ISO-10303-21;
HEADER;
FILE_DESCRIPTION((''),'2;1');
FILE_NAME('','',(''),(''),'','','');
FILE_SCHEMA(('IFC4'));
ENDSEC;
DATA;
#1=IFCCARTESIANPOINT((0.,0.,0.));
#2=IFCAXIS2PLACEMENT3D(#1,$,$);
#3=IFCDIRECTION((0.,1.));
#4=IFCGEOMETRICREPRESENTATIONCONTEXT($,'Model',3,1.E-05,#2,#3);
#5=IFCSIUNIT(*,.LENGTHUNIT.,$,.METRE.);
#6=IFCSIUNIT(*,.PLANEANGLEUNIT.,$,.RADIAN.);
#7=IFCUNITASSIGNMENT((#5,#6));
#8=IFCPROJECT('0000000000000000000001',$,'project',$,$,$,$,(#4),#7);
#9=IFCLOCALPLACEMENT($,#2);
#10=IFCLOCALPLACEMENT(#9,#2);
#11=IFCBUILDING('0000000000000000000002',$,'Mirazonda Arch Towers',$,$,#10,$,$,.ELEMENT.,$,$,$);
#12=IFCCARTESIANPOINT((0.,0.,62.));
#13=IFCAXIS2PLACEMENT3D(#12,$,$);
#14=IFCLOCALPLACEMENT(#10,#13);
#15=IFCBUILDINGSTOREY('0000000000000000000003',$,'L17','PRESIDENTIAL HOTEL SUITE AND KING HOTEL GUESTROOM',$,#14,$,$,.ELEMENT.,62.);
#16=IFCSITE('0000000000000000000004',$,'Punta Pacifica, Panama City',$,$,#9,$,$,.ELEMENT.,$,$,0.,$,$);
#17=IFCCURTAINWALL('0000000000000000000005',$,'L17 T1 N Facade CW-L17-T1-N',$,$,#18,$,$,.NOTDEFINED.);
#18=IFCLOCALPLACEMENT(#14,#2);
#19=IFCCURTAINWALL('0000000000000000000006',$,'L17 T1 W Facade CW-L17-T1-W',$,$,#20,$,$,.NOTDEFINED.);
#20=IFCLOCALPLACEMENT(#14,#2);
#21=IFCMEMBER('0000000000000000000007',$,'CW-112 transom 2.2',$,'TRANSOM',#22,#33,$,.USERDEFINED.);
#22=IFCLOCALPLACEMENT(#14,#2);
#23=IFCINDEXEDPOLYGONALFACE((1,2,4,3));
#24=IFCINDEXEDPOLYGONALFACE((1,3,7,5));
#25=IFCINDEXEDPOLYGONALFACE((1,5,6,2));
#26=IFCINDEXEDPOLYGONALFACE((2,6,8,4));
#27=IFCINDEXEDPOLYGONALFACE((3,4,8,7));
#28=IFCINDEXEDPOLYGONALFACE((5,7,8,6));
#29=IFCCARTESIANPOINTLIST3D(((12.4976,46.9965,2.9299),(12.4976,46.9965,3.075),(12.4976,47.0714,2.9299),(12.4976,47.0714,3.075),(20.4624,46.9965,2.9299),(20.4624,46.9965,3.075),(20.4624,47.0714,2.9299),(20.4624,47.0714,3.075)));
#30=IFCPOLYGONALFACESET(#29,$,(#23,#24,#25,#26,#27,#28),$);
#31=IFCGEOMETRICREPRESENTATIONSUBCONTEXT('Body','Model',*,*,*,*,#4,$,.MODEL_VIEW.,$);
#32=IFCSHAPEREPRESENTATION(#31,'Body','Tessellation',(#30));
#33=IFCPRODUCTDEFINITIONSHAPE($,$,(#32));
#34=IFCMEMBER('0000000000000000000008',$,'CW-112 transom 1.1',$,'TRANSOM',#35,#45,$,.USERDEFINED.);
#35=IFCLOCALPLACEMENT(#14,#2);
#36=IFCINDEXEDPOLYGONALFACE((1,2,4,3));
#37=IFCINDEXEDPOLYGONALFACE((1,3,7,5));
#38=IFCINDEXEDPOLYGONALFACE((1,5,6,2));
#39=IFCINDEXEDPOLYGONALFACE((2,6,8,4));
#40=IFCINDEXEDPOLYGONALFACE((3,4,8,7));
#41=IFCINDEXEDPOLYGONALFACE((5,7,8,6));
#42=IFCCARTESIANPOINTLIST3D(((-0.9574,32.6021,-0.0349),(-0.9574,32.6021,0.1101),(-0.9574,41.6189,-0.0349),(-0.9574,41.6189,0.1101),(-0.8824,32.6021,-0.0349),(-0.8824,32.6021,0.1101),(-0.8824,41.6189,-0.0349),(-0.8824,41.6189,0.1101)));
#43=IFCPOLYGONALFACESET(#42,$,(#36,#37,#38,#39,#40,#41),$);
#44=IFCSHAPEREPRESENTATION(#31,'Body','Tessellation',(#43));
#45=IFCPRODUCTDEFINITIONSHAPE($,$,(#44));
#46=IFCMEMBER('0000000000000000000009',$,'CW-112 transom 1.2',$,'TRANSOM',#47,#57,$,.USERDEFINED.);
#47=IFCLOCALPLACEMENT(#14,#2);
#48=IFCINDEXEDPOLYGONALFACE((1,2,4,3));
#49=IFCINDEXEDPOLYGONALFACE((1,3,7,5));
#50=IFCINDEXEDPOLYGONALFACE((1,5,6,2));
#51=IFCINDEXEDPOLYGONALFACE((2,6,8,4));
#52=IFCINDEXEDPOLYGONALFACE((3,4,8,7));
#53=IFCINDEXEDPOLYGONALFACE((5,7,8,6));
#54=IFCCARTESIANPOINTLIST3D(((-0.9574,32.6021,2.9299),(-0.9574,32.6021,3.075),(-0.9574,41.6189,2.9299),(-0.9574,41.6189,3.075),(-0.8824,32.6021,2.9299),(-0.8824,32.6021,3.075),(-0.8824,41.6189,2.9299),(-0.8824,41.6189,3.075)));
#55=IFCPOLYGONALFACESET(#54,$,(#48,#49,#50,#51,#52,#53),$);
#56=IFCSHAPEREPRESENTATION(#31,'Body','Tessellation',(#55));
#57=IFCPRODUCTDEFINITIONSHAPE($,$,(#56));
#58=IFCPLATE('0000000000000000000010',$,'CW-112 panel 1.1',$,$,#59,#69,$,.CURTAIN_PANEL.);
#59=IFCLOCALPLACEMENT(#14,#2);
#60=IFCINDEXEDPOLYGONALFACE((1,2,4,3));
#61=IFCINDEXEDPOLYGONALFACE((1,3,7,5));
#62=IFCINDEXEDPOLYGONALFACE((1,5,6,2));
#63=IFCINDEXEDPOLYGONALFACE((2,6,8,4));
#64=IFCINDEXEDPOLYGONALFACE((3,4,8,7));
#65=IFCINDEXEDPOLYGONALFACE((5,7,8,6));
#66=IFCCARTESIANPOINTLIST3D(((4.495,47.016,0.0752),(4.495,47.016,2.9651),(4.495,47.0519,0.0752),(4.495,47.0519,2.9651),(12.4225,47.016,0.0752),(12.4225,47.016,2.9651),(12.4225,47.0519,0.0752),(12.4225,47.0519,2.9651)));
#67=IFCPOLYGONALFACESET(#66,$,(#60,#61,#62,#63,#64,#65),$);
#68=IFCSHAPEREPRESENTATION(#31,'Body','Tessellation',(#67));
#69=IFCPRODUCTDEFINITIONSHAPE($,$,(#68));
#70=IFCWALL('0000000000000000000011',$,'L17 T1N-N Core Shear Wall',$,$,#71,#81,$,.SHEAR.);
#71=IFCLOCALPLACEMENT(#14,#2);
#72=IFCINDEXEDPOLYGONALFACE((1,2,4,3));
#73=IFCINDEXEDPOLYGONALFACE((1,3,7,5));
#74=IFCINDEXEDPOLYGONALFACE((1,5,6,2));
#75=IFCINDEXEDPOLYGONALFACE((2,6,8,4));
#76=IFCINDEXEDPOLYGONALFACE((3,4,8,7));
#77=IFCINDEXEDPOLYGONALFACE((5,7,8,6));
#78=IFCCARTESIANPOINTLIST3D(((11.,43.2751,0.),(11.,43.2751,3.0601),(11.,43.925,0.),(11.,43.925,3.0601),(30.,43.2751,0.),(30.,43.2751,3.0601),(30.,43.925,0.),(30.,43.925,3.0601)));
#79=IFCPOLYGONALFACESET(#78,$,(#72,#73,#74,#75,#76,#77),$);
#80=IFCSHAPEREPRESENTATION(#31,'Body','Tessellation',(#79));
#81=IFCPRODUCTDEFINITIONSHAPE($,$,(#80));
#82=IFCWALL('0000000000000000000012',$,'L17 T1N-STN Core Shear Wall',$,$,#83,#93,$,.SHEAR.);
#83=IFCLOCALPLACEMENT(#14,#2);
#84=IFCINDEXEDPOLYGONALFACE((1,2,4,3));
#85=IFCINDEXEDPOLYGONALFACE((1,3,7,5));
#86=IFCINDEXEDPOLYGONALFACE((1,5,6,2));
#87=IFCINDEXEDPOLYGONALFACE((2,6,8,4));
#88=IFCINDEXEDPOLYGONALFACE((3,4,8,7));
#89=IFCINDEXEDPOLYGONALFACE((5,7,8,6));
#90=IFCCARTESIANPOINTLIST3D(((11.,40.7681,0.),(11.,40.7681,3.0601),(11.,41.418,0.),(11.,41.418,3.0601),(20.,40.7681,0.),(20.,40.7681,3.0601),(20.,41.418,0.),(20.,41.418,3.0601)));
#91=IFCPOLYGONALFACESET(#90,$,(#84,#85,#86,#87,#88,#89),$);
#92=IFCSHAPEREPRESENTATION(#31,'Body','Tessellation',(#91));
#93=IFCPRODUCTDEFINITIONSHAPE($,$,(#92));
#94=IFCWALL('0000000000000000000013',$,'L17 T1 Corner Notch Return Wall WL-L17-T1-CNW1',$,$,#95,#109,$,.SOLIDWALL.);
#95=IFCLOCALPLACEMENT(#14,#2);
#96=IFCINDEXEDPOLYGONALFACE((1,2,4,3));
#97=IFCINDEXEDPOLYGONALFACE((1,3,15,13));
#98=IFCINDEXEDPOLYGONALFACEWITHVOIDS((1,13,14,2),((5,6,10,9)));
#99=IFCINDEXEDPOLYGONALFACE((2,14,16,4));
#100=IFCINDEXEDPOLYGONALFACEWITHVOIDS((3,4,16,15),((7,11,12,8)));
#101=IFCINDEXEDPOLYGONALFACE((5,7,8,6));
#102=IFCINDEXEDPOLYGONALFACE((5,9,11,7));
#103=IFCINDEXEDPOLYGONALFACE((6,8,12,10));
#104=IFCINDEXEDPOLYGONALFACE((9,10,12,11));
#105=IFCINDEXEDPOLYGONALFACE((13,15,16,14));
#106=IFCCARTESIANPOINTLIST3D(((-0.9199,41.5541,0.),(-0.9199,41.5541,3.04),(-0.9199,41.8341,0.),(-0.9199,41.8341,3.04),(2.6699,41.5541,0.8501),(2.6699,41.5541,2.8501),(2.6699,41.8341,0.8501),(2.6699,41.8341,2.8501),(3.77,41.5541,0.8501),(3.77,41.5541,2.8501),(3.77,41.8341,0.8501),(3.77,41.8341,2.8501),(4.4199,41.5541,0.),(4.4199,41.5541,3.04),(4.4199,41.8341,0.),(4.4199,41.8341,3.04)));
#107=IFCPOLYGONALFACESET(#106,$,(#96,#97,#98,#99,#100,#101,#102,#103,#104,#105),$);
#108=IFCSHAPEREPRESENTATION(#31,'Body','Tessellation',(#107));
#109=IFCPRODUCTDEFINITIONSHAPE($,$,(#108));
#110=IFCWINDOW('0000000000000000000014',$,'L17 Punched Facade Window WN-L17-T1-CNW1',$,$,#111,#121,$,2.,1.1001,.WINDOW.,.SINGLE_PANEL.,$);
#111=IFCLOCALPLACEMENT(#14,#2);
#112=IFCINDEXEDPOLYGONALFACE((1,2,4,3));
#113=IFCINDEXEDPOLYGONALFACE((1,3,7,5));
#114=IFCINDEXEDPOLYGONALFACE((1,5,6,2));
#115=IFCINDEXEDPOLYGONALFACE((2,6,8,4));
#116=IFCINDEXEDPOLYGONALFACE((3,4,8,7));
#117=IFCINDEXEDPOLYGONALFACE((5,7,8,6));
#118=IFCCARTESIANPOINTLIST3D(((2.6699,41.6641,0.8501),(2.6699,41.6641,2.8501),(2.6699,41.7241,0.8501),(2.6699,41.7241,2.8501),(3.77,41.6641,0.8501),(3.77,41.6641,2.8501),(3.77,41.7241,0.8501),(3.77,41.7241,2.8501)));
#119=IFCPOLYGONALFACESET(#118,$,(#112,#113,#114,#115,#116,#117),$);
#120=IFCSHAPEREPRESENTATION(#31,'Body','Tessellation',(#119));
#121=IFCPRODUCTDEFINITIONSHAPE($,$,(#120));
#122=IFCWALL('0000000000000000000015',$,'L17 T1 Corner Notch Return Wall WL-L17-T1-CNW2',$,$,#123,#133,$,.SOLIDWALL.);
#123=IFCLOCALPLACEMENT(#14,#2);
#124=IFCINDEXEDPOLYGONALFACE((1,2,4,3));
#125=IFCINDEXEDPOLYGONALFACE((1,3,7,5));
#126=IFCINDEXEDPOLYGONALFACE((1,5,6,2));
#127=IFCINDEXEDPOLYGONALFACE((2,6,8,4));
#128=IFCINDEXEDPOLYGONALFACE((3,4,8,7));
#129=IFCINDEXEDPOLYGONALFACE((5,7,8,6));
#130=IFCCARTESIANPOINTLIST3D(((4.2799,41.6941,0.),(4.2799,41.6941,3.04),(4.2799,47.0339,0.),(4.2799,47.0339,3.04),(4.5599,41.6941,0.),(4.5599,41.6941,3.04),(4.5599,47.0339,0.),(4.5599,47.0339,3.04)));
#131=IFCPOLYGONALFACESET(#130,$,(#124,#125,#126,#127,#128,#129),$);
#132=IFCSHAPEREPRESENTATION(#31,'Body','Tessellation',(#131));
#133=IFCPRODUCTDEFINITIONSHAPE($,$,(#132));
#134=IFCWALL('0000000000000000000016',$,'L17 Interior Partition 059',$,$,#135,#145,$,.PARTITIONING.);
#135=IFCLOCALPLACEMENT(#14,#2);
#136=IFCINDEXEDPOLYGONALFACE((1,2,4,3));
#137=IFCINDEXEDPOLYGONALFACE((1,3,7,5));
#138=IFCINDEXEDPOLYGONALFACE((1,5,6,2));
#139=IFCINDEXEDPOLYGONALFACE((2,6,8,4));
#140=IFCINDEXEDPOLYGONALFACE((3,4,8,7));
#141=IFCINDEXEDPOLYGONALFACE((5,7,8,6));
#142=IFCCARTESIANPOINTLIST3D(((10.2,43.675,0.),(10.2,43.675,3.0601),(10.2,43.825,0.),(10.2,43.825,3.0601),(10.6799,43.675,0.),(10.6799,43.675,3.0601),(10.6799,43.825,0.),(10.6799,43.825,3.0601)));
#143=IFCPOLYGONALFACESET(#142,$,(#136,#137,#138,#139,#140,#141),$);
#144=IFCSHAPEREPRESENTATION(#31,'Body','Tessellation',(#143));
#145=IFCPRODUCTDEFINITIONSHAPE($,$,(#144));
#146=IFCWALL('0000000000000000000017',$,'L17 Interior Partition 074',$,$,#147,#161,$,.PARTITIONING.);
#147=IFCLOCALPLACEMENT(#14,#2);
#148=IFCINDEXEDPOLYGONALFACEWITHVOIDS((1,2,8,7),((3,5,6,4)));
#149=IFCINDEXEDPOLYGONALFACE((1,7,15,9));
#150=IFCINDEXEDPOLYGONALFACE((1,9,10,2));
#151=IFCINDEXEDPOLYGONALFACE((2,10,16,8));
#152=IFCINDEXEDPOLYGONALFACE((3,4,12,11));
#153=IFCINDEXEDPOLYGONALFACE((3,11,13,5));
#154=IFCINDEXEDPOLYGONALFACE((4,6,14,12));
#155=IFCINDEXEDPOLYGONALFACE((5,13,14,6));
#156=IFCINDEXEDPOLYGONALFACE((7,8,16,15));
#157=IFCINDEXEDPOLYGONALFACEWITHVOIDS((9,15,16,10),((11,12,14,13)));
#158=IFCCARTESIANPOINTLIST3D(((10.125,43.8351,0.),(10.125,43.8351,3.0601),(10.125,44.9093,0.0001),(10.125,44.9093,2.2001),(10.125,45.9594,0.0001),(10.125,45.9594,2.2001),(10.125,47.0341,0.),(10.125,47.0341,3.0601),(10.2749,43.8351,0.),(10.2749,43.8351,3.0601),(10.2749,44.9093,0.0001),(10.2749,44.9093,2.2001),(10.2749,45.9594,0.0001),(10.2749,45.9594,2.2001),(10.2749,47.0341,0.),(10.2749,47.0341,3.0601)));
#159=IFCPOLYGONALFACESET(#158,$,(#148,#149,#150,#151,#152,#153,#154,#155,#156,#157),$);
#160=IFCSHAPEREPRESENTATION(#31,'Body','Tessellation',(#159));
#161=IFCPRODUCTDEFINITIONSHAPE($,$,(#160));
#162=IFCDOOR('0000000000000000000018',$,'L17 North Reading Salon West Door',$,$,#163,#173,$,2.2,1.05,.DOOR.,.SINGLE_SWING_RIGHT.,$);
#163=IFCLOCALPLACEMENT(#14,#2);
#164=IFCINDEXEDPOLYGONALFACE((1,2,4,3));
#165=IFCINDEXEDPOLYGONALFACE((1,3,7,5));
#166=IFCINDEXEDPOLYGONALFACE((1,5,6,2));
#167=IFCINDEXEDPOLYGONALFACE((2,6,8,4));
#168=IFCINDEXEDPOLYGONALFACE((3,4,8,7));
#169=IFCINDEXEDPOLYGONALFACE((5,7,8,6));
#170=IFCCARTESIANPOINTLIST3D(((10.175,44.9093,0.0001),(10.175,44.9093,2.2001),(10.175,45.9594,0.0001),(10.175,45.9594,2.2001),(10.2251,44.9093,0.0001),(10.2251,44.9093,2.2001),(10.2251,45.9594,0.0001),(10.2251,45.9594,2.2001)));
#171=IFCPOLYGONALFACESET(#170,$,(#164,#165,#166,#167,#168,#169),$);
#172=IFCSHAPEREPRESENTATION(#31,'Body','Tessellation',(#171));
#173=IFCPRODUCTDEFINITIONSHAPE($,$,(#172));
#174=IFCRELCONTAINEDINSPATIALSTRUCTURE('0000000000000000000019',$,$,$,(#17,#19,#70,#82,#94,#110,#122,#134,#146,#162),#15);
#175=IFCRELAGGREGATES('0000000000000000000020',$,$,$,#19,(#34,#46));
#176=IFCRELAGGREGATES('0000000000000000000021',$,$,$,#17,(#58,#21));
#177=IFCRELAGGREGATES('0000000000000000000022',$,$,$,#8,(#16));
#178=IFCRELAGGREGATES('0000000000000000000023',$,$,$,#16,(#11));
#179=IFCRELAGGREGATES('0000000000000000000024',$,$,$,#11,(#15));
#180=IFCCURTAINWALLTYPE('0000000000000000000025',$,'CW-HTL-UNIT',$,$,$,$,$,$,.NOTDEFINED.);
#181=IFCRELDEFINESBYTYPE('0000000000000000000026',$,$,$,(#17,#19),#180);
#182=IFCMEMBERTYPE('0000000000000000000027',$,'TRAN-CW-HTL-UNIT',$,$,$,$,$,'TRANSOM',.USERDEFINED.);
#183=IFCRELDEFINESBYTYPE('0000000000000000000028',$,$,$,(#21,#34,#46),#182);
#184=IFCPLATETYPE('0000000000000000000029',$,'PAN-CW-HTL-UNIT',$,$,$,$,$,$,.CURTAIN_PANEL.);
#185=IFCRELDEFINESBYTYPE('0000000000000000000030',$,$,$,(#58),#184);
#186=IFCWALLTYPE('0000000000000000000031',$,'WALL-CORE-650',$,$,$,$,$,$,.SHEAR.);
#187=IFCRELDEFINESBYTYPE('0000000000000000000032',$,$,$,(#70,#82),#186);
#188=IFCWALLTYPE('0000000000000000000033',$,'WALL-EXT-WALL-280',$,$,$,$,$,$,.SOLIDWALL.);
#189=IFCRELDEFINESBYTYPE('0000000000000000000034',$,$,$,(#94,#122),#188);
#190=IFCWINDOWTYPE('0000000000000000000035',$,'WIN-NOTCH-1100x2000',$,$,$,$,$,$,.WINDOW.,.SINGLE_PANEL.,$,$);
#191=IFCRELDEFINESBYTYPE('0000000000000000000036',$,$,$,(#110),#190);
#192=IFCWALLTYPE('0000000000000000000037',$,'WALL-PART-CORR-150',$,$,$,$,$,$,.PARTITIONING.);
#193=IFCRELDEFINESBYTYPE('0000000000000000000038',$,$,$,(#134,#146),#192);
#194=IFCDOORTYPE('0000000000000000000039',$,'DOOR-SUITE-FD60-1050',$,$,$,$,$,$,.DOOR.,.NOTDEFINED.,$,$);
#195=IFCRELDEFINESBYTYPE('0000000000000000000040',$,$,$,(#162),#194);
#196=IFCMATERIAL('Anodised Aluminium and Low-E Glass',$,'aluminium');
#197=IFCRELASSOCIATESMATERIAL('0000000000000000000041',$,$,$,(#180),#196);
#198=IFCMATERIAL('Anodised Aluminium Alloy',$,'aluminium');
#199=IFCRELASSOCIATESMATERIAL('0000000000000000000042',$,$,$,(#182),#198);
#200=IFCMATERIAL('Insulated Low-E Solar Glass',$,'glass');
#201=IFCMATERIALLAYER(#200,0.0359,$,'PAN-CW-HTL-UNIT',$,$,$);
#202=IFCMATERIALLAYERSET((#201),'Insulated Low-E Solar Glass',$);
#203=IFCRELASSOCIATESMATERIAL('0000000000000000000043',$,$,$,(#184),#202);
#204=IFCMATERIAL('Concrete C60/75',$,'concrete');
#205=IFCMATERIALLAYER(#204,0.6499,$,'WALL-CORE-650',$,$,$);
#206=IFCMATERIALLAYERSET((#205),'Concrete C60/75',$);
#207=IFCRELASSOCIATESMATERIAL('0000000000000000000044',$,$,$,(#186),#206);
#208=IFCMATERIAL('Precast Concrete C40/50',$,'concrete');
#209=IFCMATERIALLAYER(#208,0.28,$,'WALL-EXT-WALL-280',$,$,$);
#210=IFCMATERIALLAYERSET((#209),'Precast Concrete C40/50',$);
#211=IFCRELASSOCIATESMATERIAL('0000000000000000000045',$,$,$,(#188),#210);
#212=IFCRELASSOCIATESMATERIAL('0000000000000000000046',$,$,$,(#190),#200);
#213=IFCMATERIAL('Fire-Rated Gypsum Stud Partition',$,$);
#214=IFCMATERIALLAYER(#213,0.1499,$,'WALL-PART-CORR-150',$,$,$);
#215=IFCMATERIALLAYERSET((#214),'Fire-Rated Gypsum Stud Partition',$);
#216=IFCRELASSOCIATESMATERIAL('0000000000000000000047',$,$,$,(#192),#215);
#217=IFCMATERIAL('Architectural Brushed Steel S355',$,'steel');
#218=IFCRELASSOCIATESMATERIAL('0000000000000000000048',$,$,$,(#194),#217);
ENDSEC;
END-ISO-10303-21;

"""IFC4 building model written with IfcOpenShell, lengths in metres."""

from ifc_helpers import new_model, si_unit, direction, frame, frame_2d, origin, origin_2d, place, context, subcontext, project, spatial, rectangle, extrude, material, layer, layer_set, material_profile, profile_set, type_object, element, fill, aggregate, save


model = new_model("IFC4")

# Units and contexts
model_context = context("Model", 3, precision=1e-05, world=origin(), true_north=direction((0.0, 1.0)))
body_context = subcontext(model_context, "Body", "Model", "MODEL_VIEW")
ifc_project = project(units=[si_unit("LENGTHUNIT", "METRE"), si_unit("PLANEANGLEUNIT", "RADIAN")], contexts=[model_context])

# Site, building, storey
site_placement = place(None, origin())
site = spatial("IfcSite", under=ifc_project, at=site_placement, Name="Punta Pacifica, Panama City", CompositionType="ELEMENT", RefElevation=0.0)
building_placement = place(site_placement, origin())
building = spatial("IfcBuilding", under=site, at=building_placement, Name="Mirazonda Arch Towers", CompositionType="ELEMENT")
storey_placement = place(building_placement, frame((0.0, 0.0, 62.0)))
storey = spatial("IfcBuildingStorey", under=building, at=storey_placement, Name="L17", Description="PRESIDENTIAL HOTEL SUITE AND KING HOTEL GUESTROOM", CompositionType="ELEMENT", Elevation=62.0)

# Shared definitions
ifc_material_1 = material(Name="Concrete C60/75", Category="concrete")

# Curtain wall
ifc_material_2 = material(Name="Anodised Aluminium and Low-E Glass", Category="aluminium")
curtain_wall_type = type_object("IfcCurtainWallType", Name="CW-HTL-UNIT", PredefinedType="NOTDEFINED", material=ifc_material_2)
curtain_wall_1_placement = place(storey_placement, origin())
curtain_wall_1 = element("IfcCurtainWall", 1, at=curtain_wall_1_placement, inside=storey, type_object=curtain_wall_type, Name="L17 T1 N Facade CW-L17-T1-N", PredefinedType="NOTDEFINED")
ifc_material_3 = material(Name="Anodised Aluminium Alloy", Category="aluminium")

# Curtain wall
curtain_wall_2_placement = place(storey_placement, origin())
curtain_wall_2 = element("IfcCurtainWall", 2, at=curtain_wall_2_placement, inside=storey, type_object=curtain_wall_type, Name="L17 T1 W Facade CW-L17-T1-W", PredefinedType="NOTDEFINED")

# Members
ifc_material_profile_1 = material_profile(ifc_material_3, rectangle(XDim=0.075, YDim=0.145, at=origin_2d()), Name="ALU-TRAN-75x145")
ifc_profile_set_1 = profile_set([ifc_material_profile_1], Name="Anodised Aluminium Alloy")
member_type_1 = type_object("IfcMemberType", Name="TRAN-CW-HTL-UNIT", ElementType="TRANSOM", PredefinedType="USERDEFINED", material=ifc_profile_set_1)
member_1_placement = place(storey_placement, frame((12.4976, 47.0339, 3.0024), z_axis=(1.0, 0.0, 0.0), x_axis=(0.0, 1.0, 0.0)))
member_1 = element("IfcMember", 3, at=member_1_placement, type_object=member_type_1, Name="CW-112 transom 2.2", ObjectType="TRANSOM", PredefinedType="USERDEFINED", context=body_context, shape_type="SweptSolid", body=[
    extrude(rectangle(XDim=0.075, YDim=0.145, at=origin_2d()), origin(), (0.0, 0.0, 1.0), 7.9648),
])
member_2_placement = place(storey_placement, frame((-0.9199, 41.6189, 0.0376), z_axis=(0.0, -1.0, 0.0), x_axis=(1.0, 0.0, 0.0)))
member_2 = element("IfcMember", 4, at=member_2_placement, type_object=member_type_1, Name="CW-112 transom 1.1", ObjectType="TRANSOM", PredefinedType="USERDEFINED", context=body_context, shape_type="SweptSolid", body=[
    extrude(rectangle(XDim=0.075, YDim=0.145, at=origin_2d()), origin(), (0.0, 0.0, 1.0), 9.0168),
])
member_3_placement = place(storey_placement, frame((-0.9199, 41.6189, 3.0024), z_axis=(0.0, -1.0, 0.0), x_axis=(1.0, 0.0, 0.0)))
member_3 = element("IfcMember", 5, at=member_3_placement, type_object=member_type_1, Name="CW-112 transom 1.2", ObjectType="TRANSOM", PredefinedType="USERDEFINED", context=body_context, shape_type="SweptSolid", body=[
    extrude(rectangle(XDim=0.075, YDim=0.145, at=origin_2d()), origin(), (0.0, 0.0, 1.0), 9.0168),
])
aggregate(curtain_wall_2, [member_2, member_3])

# Plate
ifc_material_4 = material(Name="Insulated Low-E Solar Glass", Category="glass")
ifc_layer_1 = layer(ifc_material_4, 0.0359, Name="PAN-CW-HTL-UNIT")
ifc_layer_set_1 = layer_set([ifc_layer_1], Name="Insulated Low-E Solar Glass")
plate_type = type_object("IfcPlateType", Name="PAN-CW-HTL-UNIT", PredefinedType="CURTAIN_PANEL", material=ifc_layer_set_1)
plate_placement = place(storey_placement, frame((8.4587, 47.0339, 0.0752), z_axis=(0.0, 0.0, 1.0), x_axis=(1.0, 0.0, 0.0)))
plate = element("IfcPlate", 6, at=plate_placement, type_object=plate_type, Name="CW-112 panel 1.1", PredefinedType="CURTAIN_PANEL", context=body_context, shape_type="SweptSolid", body=[
    extrude(rectangle(XDim=7.9275, YDim=0.0359, at=origin_2d()), origin(), (0.0, 0.0, 1.0), 2.8899),
])
aggregate(curtain_wall_1, [plate, member_1])

# Walls
ifc_layer_2 = layer(ifc_material_1, 0.6499, Name="WALL-CORE-650")
ifc_layer_set_2 = layer_set([ifc_layer_2], Name="Concrete C60/75")
wall_type_1 = type_object("IfcWallType", Name="WALL-CORE-650", PredefinedType="SHEAR", material=ifc_layer_set_2)
wall_1_placement = place(storey_placement, frame((11.0, 43.6001, 0.0), z_axis=(0.0, 0.0, 1.0), x_axis=(1.0, 0.0, 0.0)))
element("IfcWall", 7, at=wall_1_placement, inside=storey, type_object=wall_type_1, Name="L17 T1N-N Core Shear Wall", PredefinedType="SHEAR", context=body_context, shape_type="SweptSolid", body=[
    extrude(rectangle(XDim=19.0, YDim=0.6499, at=frame_2d((9.5, 0.0))), origin(), (0.0, 0.0, 1.0), 3.0601),
])
wall_2_placement = place(storey_placement, frame((11.0, 41.093, 0.0), z_axis=(0.0, 0.0, 1.0), x_axis=(1.0, 0.0, 0.0)))
element("IfcWall", 8, at=wall_2_placement, inside=storey, type_object=wall_type_1, Name="L17 T1N-STN Core Shear Wall", PredefinedType="SHEAR", context=body_context, shape_type="SweptSolid", body=[
    extrude(rectangle(XDim=9.0, YDim=0.6499, at=frame_2d((4.5, 0.0))), origin(), (0.0, 0.0, 1.0), 3.0601),
])

# Wall, opening, window
ifc_material_5 = material(Name="Precast Concrete C40/50", Category="concrete")
ifc_layer_3 = layer(ifc_material_5, 0.28, Name="WALL-EXT-WALL-280")
ifc_layer_set_3 = layer_set([ifc_layer_3], Name="Precast Concrete C40/50")
wall_type_2 = type_object("IfcWallType", Name="WALL-EXT-WALL-280", PredefinedType="SOLIDWALL", material=ifc_layer_set_3)
wall_3_placement = place(storey_placement, frame((4.4199, 41.6941, 0.0), z_axis=(0.0, 0.0, 1.0), x_axis=(-1.0, 0.0, 0.0)))
wall_3 = element("IfcWall", 9, at=wall_3_placement, inside=storey, type_object=wall_type_2, Name="L17 T1 Corner Notch Return Wall WL-L17-T1-CNW1", PredefinedType="SOLIDWALL", context=body_context, shape_type="SweptSolid", body=[
    extrude(rectangle(XDim=5.3398, YDim=0.28, at=frame_2d((2.6699, 0.0))), origin(), (0.0, 0.0, 1.0), 3.04),
])
opening_1_placement = place(wall_3_placement, frame((0.6499, 0.0, 0.8501)))
opening_1 = element("IfcOpeningElement", 10, at=opening_1_placement, cuts=wall_3, PredefinedType="OPENING", context=body_context, shape_type="SweptSolid", body=[
    extrude(rectangle(XDim=1.1001, YDim=2.0, at=frame_2d((0.55, 1.0))), frame((0.0, 0.1499, 0.0), z_axis=(0.0, -1.0, 0.0), x_axis=(1.0, 0.0, 0.0)), (0.0, 0.0, 1.0), 0.3),
])
window_type = type_object("IfcWindowType", Name="WIN-NOTCH-1100x2000", PartitioningType="SINGLE_PANEL", PredefinedType="WINDOW", material=ifc_material_4)
window_placement = place(opening_1_placement, origin())
window = element("IfcWindow", 11, at=window_placement, inside=storey, type_object=window_type, Name="L17 Punched Facade Window WN-L17-T1-CNW1", OverallHeight=2.0, OverallWidth=1.1001, PartitioningType="SINGLE_PANEL", PredefinedType="WINDOW", context=body_context, shape_type="SweptSolid", body=[
    extrude(rectangle(XDim=1.1001, YDim=2.0, at=frame_2d((0.55, 1.0))), frame((0.0, 0.03, 0.0), z_axis=(0.0, -1.0, 0.0), x_axis=(1.0, 0.0, 0.0)), (0.0, 0.0, 1.0), 0.0601),
])
fill(opening_1, window)

# Walls
wall_4_placement = place(storey_placement, frame((4.4199, 47.0339, 0.0), z_axis=(0.0, 0.0, 1.0), x_axis=(0.0, -1.0, 0.0)))
element("IfcWall", 12, at=wall_4_placement, inside=storey, type_object=wall_type_2, Name="L17 T1 Corner Notch Return Wall WL-L17-T1-CNW2", PredefinedType="SOLIDWALL", context=body_context, shape_type="SweptSolid", body=[
    extrude(rectangle(XDim=5.3398, YDim=0.28, at=frame_2d((2.6699, 0.0))), origin(), (0.0, 0.0, 1.0), 3.04),
])
ifc_material_6 = material(Name="Fire-Rated Gypsum Stud Partition")
ifc_layer_4 = layer(ifc_material_6, 0.1499, Name="WALL-PART-CORR-150")
ifc_layer_set_4 = layer_set([ifc_layer_4], Name="Fire-Rated Gypsum Stud Partition")
wall_type_3 = type_object("IfcWallType", Name="WALL-PART-CORR-150", PredefinedType="PARTITIONING", material=ifc_layer_set_4)
wall_5_placement = place(storey_placement, frame((10.2, 43.75, 0.0), z_axis=(0.0, 0.0, 1.0), x_axis=(1.0, 0.0, 0.0)))
element("IfcWall", 13, at=wall_5_placement, inside=storey, type_object=wall_type_3, Name="L17 Interior Partition 059", PredefinedType="PARTITIONING", context=body_context, shape_type="SweptSolid", body=[
    extrude(rectangle(XDim=0.48, YDim=0.1499, at=frame_2d((0.24, 0.0))), origin(), (0.0, 0.0, 1.0), 3.0601),
])

# Wall, opening, door
wall_6_placement = place(storey_placement, frame((10.2, 43.835, 0.0), z_axis=(0.0, 0.0, 1.0), x_axis=(0.0, 1.0, 0.0)))
wall_6 = element("IfcWall", 14, at=wall_6_placement, inside=storey, type_object=wall_type_3, Name="L17 Interior Partition 074", PredefinedType="PARTITIONING", context=body_context, shape_type="SweptSolid", body=[
    extrude(rectangle(XDim=3.199, YDim=0.1499, at=frame_2d((1.5996, 0.0))), origin(), (0.0, 0.0, 1.0), 3.0601),
])
opening_2_placement = place(wall_6_placement, frame((1.0745, 0.0, 0.0)))
opening_2 = element("IfcOpeningElement", 15, at=opening_2_placement, cuts=wall_6, PredefinedType="OPENING", context=body_context, shape_type="SweptSolid", body=[
    extrude(rectangle(XDim=1.05, YDim=2.2, at=frame_2d((0.5249, 1.1001))), frame((0.0, 0.085, 0.0), z_axis=(0.0, -1.0, 0.0), x_axis=(1.0, 0.0, 0.0)), (0.0, 0.0, 1.0), 0.1699),
])
ifc_material_7 = material(Name="Architectural Brushed Steel S355", Category="steel")
door_type_1 = type_object("IfcDoorType", Name="DOOR-SUITE-FD60-1050", OperationType="NOTDEFINED", PredefinedType="DOOR", material=ifc_material_7)
door_1_placement = place(opening_2_placement, origin())
door_1 = element("IfcDoor", 16, at=door_1_placement, inside=storey, type_object=door_type_1, Name="L17 North Reading Salon West Door", OperationType="SINGLE_SWING_RIGHT", OverallHeight=2.2, OverallWidth=1.05, PredefinedType="DOOR", context=body_context, shape_type="SweptSolid", body=[
    extrude(rectangle(XDim=1.05, YDim=2.2, at=frame_2d((0.5249, 1.1001))), frame((0.0, 0.0249, 0.0), z_axis=(0.0, -1.0, 0.0), x_axis=(1.0, 0.0, 0.0)), (0.0, 0.0, 1.0), 0.05),
])
fill(opening_2, door_1)

save(model, "model.ifc")
